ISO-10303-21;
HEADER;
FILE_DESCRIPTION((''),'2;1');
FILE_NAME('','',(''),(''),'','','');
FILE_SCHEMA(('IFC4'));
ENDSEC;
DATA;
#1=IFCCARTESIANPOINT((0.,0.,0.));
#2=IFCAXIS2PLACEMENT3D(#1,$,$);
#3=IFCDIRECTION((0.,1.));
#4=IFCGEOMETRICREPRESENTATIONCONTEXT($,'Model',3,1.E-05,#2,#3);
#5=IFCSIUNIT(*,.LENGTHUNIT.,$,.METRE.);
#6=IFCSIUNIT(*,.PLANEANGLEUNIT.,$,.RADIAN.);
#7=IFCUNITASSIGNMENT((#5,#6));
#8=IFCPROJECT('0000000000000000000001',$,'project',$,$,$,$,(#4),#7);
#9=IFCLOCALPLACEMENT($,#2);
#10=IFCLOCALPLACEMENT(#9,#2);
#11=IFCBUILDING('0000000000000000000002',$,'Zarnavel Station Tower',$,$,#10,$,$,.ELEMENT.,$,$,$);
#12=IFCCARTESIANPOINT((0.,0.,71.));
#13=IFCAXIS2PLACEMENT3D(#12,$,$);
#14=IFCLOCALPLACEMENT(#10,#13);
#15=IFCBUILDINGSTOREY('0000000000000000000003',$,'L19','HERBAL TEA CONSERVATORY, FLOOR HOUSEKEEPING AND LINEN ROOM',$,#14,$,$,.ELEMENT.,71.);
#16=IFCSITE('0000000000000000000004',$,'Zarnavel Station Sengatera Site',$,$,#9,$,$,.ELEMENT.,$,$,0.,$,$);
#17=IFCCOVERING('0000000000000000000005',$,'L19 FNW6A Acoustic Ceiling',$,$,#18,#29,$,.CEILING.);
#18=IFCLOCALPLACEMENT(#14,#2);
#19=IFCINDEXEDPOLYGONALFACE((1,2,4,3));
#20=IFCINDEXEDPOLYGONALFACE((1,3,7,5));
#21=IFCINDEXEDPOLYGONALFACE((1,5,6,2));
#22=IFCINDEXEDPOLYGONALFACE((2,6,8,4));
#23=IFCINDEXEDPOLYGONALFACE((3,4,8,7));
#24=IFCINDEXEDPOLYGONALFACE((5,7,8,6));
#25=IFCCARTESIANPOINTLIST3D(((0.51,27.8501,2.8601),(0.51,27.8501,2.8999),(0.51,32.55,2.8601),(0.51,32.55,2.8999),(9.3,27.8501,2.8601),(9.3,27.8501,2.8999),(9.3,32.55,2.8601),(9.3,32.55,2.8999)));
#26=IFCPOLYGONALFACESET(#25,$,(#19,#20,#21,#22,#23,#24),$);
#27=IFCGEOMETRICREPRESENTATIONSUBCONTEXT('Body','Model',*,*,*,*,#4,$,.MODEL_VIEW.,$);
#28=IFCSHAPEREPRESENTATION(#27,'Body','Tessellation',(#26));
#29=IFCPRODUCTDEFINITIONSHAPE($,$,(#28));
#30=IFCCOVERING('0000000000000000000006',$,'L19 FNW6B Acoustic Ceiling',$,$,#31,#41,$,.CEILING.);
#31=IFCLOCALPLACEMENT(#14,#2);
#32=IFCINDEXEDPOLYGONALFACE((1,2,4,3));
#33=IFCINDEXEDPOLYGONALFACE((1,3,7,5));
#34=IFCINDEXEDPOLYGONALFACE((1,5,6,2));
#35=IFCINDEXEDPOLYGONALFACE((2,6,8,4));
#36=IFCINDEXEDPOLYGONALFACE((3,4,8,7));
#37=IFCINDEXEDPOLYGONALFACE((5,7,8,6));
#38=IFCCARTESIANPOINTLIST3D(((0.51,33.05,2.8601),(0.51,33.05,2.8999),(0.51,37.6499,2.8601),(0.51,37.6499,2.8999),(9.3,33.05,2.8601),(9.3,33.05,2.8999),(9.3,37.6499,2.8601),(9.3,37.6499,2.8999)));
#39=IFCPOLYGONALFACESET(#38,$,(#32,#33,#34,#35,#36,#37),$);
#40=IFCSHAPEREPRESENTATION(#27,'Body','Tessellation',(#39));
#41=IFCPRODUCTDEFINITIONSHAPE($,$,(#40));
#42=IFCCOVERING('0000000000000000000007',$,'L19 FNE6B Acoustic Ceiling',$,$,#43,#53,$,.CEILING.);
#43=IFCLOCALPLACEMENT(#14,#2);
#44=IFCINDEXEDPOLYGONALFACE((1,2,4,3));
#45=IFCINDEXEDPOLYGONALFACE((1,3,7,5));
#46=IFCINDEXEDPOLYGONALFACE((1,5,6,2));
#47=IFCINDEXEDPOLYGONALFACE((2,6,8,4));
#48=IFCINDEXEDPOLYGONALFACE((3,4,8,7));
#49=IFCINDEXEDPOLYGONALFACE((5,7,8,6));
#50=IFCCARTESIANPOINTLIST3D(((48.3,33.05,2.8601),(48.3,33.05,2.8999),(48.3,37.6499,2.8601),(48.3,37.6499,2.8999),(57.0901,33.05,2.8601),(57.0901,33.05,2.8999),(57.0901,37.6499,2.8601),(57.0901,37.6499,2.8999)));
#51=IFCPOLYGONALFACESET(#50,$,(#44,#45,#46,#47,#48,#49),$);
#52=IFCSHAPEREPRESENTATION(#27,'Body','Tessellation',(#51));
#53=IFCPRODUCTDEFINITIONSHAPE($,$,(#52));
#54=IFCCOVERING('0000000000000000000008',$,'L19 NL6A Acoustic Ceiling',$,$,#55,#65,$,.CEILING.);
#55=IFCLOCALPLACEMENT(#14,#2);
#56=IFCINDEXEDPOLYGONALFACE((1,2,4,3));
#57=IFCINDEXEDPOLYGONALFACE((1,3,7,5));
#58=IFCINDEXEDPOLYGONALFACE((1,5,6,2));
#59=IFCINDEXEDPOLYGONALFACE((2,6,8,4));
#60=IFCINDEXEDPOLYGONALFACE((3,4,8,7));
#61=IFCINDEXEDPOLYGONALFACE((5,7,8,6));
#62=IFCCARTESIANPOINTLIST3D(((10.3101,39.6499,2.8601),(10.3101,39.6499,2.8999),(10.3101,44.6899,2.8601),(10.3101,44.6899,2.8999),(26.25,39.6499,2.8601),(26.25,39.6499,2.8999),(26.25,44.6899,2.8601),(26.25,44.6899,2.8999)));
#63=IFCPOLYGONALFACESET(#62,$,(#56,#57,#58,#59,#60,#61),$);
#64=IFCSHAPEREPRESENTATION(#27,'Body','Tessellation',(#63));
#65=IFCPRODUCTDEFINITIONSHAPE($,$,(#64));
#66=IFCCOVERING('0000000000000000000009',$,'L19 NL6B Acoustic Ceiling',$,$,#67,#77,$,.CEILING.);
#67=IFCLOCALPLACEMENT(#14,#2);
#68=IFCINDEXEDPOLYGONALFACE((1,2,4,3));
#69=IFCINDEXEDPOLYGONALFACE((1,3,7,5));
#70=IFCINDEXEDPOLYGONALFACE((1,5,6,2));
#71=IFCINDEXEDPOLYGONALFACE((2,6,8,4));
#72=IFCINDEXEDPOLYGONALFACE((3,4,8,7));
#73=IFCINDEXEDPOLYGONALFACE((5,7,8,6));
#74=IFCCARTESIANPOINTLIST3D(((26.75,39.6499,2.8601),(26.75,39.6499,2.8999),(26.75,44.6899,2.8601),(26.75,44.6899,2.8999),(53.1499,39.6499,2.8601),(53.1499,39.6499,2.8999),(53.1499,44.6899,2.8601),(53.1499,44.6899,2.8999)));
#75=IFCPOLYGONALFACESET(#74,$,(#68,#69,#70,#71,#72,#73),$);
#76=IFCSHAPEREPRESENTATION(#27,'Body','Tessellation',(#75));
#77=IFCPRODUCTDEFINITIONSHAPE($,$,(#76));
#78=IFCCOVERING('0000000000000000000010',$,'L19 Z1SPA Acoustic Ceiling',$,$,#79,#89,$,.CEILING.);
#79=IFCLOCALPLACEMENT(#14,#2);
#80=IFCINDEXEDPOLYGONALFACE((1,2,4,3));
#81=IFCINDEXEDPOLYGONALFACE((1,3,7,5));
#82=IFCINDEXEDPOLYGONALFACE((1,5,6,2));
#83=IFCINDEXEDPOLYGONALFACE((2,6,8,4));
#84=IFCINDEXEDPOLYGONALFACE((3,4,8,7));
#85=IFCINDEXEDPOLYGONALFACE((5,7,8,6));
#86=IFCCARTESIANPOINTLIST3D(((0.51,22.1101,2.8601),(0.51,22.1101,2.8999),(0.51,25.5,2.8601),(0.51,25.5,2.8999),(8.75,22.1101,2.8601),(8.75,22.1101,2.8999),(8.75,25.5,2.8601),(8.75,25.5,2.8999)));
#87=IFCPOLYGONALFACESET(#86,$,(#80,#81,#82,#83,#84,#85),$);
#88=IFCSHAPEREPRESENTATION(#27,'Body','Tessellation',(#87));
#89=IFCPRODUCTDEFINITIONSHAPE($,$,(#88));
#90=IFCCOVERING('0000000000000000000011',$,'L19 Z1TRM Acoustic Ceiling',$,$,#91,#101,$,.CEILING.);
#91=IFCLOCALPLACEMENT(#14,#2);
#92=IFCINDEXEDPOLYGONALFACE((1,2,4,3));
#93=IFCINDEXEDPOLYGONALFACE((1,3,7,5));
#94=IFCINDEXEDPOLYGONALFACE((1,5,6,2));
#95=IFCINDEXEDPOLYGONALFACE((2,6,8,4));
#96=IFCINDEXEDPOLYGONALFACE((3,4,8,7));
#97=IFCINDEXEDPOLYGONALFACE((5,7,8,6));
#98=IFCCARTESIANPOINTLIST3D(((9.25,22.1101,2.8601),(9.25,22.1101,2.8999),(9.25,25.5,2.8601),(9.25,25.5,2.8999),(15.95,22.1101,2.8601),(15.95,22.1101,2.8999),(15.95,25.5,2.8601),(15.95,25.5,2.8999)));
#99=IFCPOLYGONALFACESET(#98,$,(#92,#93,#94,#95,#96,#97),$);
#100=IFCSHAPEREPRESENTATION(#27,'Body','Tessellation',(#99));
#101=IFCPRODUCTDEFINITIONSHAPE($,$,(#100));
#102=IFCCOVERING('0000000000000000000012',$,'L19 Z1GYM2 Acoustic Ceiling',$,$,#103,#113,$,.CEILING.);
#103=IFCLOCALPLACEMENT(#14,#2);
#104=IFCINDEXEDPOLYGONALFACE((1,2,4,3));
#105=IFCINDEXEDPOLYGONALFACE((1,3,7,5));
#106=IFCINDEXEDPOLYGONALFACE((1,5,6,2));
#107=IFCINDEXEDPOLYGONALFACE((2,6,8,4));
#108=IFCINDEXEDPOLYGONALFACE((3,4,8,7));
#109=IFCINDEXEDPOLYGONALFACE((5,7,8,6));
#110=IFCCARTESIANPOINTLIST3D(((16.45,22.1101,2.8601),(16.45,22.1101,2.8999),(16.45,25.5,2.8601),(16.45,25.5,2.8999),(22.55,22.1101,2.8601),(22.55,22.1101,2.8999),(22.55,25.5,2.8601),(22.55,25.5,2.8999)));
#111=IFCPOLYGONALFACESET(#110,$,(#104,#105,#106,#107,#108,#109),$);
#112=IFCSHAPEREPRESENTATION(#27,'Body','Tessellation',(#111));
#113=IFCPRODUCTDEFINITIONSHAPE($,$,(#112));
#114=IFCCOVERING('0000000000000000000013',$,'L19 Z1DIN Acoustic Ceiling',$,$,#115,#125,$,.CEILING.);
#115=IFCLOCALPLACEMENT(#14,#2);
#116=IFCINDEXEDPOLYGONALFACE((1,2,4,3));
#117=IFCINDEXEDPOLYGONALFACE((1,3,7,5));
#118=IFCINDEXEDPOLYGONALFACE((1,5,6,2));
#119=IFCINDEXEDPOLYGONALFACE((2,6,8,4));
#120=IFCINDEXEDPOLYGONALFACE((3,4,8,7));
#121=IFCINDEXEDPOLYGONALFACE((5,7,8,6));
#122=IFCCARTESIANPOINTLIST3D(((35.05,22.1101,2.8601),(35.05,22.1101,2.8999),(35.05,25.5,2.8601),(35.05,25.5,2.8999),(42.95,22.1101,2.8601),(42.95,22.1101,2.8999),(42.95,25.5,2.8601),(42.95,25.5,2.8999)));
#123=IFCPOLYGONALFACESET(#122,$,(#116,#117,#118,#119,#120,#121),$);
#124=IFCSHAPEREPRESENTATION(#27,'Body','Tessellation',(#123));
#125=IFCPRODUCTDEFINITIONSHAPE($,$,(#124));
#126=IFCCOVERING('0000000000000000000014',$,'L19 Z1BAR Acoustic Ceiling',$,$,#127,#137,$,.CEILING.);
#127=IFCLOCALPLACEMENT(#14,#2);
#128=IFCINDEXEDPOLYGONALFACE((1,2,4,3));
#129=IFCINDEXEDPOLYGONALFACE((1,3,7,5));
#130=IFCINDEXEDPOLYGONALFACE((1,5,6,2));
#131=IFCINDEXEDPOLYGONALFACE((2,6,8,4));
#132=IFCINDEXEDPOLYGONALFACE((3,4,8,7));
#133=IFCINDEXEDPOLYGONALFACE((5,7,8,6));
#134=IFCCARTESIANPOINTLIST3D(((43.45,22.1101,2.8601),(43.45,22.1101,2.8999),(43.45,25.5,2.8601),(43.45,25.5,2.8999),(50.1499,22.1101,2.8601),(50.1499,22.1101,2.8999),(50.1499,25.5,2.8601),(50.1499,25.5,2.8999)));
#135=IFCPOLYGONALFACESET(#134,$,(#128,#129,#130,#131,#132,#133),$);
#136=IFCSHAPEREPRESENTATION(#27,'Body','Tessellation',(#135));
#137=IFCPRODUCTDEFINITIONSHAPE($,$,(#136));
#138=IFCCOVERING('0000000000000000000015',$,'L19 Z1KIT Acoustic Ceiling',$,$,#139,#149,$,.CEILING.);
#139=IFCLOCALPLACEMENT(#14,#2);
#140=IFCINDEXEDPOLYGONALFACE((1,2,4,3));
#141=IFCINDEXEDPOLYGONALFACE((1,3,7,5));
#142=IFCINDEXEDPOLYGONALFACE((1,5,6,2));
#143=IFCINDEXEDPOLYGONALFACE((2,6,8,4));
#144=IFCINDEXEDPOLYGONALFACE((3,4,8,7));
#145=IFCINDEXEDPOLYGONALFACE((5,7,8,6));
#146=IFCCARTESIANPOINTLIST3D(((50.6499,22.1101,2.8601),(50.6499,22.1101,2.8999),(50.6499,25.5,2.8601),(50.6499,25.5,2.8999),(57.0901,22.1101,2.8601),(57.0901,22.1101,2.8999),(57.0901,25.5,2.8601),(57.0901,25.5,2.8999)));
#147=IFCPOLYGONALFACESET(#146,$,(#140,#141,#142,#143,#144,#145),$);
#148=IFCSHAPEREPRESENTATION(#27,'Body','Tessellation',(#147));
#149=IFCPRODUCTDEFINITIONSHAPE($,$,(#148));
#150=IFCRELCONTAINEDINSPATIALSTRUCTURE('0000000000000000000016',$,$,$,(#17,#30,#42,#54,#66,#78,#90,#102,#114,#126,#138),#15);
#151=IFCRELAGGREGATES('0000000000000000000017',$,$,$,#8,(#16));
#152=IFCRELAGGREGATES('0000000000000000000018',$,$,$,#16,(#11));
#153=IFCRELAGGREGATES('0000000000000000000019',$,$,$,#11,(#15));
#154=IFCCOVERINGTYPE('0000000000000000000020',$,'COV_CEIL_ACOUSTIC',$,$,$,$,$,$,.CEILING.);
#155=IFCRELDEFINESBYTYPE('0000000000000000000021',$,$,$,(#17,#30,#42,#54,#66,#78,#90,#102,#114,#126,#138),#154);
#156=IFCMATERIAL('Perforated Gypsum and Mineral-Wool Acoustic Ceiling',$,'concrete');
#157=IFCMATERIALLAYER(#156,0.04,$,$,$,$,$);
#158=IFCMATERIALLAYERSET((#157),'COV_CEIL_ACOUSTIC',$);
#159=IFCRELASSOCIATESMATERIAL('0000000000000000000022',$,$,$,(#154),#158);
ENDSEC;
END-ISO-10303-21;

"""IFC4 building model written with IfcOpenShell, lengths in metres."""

from ifc_helpers import new_model, si_unit, direction, frame, origin, place, context, subcontext, project, spatial, polyline, outline, extrude, material, layer, layer_set, type_object, element, save


model = new_model("IFC4")

# Units and contexts
model_context = context("Model", 3, precision=1e-05, world=origin(), true_north=direction((0.0, 1.0)))
body_context = subcontext(model_context, "Body", "Model", "MODEL_VIEW")
ifc_project = project(units=[si_unit("LENGTHUNIT", "METRE"), si_unit("PLANEANGLEUNIT", "RADIAN")], contexts=[model_context])

# Site, building, storey
site_placement = place(None, origin())
site = spatial("IfcSite", under=ifc_project, at=site_placement, Name="Zarnavel Station Sengatera Site", CompositionType="ELEMENT", RefElevation=0.0)
building_placement = place(site_placement, origin())
building = spatial("IfcBuilding", under=site, at=building_placement, Name="Zarnavel Station Tower", CompositionType="ELEMENT")
storey_placement = place(building_placement, frame((0.0, 0.0, 71.0)))
storey = spatial("IfcBuildingStorey", under=building, at=storey_placement, Name="L19", Description="HERBAL TEA CONSERVATORY, FLOOR HOUSEKEEPING AND LINEN ROOM", CompositionType="ELEMENT", Elevation=71.0)

# Coverings
ifc_material_1 = material(Name="Perforated Gypsum and Mineral-Wool Acoustic Ceiling", Category="concrete")
ifc_layer_1 = layer(ifc_material_1, 0.04)
ifc_layer_set_1 = layer_set([ifc_layer_1], Name="COV_CEIL_ACOUSTIC")
covering_type_1 = type_object("IfcCoveringType", Name="COV_CEIL_ACOUSTIC", PredefinedType="CEILING", material=ifc_layer_set_1)
covering_1_placement = place(storey_placement, frame((0.0, 0.0, 2.8601)))
element("IfcCovering", 1, at=covering_1_placement, inside=storey, type_object=covering_type_1, Name="L19 FNW6A Acoustic Ceiling", PredefinedType="CEILING", context=body_context, shape_type="SweptSolid", body=[
    extrude(outline(polyline([(0.51, 27.8501), (9.3, 27.8501), (9.3, 32.55), (0.51, 32.55), (0.51, 27.8501)])), origin(), (0.0, 0.0, 1.0), 0.0398),
])
covering_2_placement = place(storey_placement, frame((0.0, 0.0, 2.8601)))
element("IfcCovering", 2, at=covering_2_placement, inside=storey, type_object=covering_type_1, Name="L19 FNW6B Acoustic Ceiling", PredefinedType="CEILING", context=body_context, shape_type="SweptSolid", body=[
    extrude(outline(polyline([(0.51, 33.05), (9.3, 33.05), (9.3, 37.6499), (0.51, 37.6499), (0.51, 33.05)])), origin(), (0.0, 0.0, 1.0), 0.0398),
])
covering_3_placement = place(storey_placement, frame((0.0, 0.0, 2.8601)))
element("IfcCovering", 3, at=covering_3_placement, inside=storey, type_object=covering_type_1, Name="L19 FNE6B Acoustic Ceiling", PredefinedType="CEILING", context=body_context, shape_type="SweptSolid", body=[
    extrude(outline(polyline([(48.3, 33.05), (57.0901, 33.05), (57.0901, 37.6499), (48.3, 37.6499), (48.3, 33.05)])), origin(), (0.0, 0.0, 1.0), 0.0398),
])
covering_4_placement = place(storey_placement, frame((0.0, 0.0, 2.8601)))
element("IfcCovering", 4, at=covering_4_placement, inside=storey, type_object=covering_type_1, Name="L19 NL6A Acoustic Ceiling", PredefinedType="CEILING", context=body_context, shape_type="SweptSolid", body=[
    extrude(outline(polyline([(10.3101, 39.6499), (26.25, 39.6499), (26.25, 44.6899), (10.3101, 44.6899), (10.3101, 39.6499)])), origin(), (0.0, 0.0, 1.0), 0.0398),
])
covering_5_placement = place(storey_placement, frame((0.0, 0.0, 2.8601)))
element("IfcCovering", 5, at=covering_5_placement, inside=storey, type_object=covering_type_1, Name="L19 NL6B Acoustic Ceiling", PredefinedType="CEILING", context=body_context, shape_type="SweptSolid", body=[
    extrude(outline(polyline([(26.75, 39.6499), (53.1499, 39.6499), (53.1499, 44.6899), (26.75, 44.6899), (26.75, 39.6499)])), origin(), (0.0, 0.0, 1.0), 0.0398),
])
covering_6_placement = place(storey_placement, frame((0.0, 0.0, 2.8601)))
element("IfcCovering", 6, at=covering_6_placement, inside=storey, type_object=covering_type_1, Name="L19 Z1SPA Acoustic Ceiling", PredefinedType="CEILING", context=body_context, shape_type="SweptSolid", body=[
    extrude(outline(polyline([(0.51, 22.1101), (8.75, 22.1101), (8.75, 25.5), (0.51, 25.5), (0.51, 22.1101)])), origin(), (0.0, 0.0, 1.0), 0.0398),
])
covering_7_placement = place(storey_placement, frame((0.0, 0.0, 2.8601)))
element("IfcCovering", 7, at=covering_7_placement, inside=storey, type_object=covering_type_1, Name="L19 Z1TRM Acoustic Ceiling", PredefinedType="CEILING", context=body_context, shape_type="SweptSolid", body=[
    extrude(outline(polyline([(9.25, 22.1101), (15.95, 22.1101), (15.95, 25.5), (9.25, 25.5), (9.25, 22.1101)])), origin(), (0.0, 0.0, 1.0), 0.0398),
])
covering_8_placement = place(storey_placement, frame((0.0, 0.0, 2.8601)))
element("IfcCovering", 8, at=covering_8_placement, inside=storey, type_object=covering_type_1, Name="L19 Z1GYM2 Acoustic Ceiling", PredefinedType="CEILING", context=body_context, shape_type="SweptSolid", body=[
    extrude(outline(polyline([(16.45, 22.1101), (22.55, 22.1101), (22.55, 25.5), (16.45, 25.5), (16.45, 22.1101)])), origin(), (0.0, 0.0, 1.0), 0.0398),
])
covering_9_placement = place(storey_placement, frame((0.0, 0.0, 2.8601)))
element("IfcCovering", 9, at=covering_9_placement, inside=storey, type_object=covering_type_1, Name="L19 Z1DIN Acoustic Ceiling", PredefinedType="CEILING", context=body_context, shape_type="SweptSolid", body=[
    extrude(outline(polyline([(35.05, 22.1101), (42.95, 22.1101), (42.95, 25.5), (35.05, 25.5), (35.05, 22.1101)])), origin(), (0.0, 0.0, 1.0), 0.0398),
])
covering_10_placement = place(storey_placement, frame((0.0, 0.0, 2.8601)))
element("IfcCovering", 10, at=covering_10_placement, inside=storey, type_object=covering_type_1, Name="L19 Z1BAR Acoustic Ceiling", PredefinedType="CEILING", context=body_context, shape_type="SweptSolid", body=[
    extrude(outline(polyline([(43.45, 22.1101), (50.1499, 22.1101), (50.1499, 25.5), (43.45, 25.5), (43.45, 22.1101)])), origin(), (0.0, 0.0, 1.0), 0.0398),
])
covering_11_placement = place(storey_placement, frame((0.0, 0.0, 2.8601)))
element("IfcCovering", 11, at=covering_11_placement, inside=storey, type_object=covering_type_1, Name="L19 Z1KIT Acoustic Ceiling", PredefinedType="CEILING", context=body_context, shape_type="SweptSolid", body=[
    extrude(outline(polyline([(50.6499, 22.1101), (57.0901, 22.1101), (57.0901, 25.5), (50.6499, 25.5), (50.6499, 22.1101)])), origin(), (0.0, 0.0, 1.0), 0.0398),
])

save(model, "model.ifc")
